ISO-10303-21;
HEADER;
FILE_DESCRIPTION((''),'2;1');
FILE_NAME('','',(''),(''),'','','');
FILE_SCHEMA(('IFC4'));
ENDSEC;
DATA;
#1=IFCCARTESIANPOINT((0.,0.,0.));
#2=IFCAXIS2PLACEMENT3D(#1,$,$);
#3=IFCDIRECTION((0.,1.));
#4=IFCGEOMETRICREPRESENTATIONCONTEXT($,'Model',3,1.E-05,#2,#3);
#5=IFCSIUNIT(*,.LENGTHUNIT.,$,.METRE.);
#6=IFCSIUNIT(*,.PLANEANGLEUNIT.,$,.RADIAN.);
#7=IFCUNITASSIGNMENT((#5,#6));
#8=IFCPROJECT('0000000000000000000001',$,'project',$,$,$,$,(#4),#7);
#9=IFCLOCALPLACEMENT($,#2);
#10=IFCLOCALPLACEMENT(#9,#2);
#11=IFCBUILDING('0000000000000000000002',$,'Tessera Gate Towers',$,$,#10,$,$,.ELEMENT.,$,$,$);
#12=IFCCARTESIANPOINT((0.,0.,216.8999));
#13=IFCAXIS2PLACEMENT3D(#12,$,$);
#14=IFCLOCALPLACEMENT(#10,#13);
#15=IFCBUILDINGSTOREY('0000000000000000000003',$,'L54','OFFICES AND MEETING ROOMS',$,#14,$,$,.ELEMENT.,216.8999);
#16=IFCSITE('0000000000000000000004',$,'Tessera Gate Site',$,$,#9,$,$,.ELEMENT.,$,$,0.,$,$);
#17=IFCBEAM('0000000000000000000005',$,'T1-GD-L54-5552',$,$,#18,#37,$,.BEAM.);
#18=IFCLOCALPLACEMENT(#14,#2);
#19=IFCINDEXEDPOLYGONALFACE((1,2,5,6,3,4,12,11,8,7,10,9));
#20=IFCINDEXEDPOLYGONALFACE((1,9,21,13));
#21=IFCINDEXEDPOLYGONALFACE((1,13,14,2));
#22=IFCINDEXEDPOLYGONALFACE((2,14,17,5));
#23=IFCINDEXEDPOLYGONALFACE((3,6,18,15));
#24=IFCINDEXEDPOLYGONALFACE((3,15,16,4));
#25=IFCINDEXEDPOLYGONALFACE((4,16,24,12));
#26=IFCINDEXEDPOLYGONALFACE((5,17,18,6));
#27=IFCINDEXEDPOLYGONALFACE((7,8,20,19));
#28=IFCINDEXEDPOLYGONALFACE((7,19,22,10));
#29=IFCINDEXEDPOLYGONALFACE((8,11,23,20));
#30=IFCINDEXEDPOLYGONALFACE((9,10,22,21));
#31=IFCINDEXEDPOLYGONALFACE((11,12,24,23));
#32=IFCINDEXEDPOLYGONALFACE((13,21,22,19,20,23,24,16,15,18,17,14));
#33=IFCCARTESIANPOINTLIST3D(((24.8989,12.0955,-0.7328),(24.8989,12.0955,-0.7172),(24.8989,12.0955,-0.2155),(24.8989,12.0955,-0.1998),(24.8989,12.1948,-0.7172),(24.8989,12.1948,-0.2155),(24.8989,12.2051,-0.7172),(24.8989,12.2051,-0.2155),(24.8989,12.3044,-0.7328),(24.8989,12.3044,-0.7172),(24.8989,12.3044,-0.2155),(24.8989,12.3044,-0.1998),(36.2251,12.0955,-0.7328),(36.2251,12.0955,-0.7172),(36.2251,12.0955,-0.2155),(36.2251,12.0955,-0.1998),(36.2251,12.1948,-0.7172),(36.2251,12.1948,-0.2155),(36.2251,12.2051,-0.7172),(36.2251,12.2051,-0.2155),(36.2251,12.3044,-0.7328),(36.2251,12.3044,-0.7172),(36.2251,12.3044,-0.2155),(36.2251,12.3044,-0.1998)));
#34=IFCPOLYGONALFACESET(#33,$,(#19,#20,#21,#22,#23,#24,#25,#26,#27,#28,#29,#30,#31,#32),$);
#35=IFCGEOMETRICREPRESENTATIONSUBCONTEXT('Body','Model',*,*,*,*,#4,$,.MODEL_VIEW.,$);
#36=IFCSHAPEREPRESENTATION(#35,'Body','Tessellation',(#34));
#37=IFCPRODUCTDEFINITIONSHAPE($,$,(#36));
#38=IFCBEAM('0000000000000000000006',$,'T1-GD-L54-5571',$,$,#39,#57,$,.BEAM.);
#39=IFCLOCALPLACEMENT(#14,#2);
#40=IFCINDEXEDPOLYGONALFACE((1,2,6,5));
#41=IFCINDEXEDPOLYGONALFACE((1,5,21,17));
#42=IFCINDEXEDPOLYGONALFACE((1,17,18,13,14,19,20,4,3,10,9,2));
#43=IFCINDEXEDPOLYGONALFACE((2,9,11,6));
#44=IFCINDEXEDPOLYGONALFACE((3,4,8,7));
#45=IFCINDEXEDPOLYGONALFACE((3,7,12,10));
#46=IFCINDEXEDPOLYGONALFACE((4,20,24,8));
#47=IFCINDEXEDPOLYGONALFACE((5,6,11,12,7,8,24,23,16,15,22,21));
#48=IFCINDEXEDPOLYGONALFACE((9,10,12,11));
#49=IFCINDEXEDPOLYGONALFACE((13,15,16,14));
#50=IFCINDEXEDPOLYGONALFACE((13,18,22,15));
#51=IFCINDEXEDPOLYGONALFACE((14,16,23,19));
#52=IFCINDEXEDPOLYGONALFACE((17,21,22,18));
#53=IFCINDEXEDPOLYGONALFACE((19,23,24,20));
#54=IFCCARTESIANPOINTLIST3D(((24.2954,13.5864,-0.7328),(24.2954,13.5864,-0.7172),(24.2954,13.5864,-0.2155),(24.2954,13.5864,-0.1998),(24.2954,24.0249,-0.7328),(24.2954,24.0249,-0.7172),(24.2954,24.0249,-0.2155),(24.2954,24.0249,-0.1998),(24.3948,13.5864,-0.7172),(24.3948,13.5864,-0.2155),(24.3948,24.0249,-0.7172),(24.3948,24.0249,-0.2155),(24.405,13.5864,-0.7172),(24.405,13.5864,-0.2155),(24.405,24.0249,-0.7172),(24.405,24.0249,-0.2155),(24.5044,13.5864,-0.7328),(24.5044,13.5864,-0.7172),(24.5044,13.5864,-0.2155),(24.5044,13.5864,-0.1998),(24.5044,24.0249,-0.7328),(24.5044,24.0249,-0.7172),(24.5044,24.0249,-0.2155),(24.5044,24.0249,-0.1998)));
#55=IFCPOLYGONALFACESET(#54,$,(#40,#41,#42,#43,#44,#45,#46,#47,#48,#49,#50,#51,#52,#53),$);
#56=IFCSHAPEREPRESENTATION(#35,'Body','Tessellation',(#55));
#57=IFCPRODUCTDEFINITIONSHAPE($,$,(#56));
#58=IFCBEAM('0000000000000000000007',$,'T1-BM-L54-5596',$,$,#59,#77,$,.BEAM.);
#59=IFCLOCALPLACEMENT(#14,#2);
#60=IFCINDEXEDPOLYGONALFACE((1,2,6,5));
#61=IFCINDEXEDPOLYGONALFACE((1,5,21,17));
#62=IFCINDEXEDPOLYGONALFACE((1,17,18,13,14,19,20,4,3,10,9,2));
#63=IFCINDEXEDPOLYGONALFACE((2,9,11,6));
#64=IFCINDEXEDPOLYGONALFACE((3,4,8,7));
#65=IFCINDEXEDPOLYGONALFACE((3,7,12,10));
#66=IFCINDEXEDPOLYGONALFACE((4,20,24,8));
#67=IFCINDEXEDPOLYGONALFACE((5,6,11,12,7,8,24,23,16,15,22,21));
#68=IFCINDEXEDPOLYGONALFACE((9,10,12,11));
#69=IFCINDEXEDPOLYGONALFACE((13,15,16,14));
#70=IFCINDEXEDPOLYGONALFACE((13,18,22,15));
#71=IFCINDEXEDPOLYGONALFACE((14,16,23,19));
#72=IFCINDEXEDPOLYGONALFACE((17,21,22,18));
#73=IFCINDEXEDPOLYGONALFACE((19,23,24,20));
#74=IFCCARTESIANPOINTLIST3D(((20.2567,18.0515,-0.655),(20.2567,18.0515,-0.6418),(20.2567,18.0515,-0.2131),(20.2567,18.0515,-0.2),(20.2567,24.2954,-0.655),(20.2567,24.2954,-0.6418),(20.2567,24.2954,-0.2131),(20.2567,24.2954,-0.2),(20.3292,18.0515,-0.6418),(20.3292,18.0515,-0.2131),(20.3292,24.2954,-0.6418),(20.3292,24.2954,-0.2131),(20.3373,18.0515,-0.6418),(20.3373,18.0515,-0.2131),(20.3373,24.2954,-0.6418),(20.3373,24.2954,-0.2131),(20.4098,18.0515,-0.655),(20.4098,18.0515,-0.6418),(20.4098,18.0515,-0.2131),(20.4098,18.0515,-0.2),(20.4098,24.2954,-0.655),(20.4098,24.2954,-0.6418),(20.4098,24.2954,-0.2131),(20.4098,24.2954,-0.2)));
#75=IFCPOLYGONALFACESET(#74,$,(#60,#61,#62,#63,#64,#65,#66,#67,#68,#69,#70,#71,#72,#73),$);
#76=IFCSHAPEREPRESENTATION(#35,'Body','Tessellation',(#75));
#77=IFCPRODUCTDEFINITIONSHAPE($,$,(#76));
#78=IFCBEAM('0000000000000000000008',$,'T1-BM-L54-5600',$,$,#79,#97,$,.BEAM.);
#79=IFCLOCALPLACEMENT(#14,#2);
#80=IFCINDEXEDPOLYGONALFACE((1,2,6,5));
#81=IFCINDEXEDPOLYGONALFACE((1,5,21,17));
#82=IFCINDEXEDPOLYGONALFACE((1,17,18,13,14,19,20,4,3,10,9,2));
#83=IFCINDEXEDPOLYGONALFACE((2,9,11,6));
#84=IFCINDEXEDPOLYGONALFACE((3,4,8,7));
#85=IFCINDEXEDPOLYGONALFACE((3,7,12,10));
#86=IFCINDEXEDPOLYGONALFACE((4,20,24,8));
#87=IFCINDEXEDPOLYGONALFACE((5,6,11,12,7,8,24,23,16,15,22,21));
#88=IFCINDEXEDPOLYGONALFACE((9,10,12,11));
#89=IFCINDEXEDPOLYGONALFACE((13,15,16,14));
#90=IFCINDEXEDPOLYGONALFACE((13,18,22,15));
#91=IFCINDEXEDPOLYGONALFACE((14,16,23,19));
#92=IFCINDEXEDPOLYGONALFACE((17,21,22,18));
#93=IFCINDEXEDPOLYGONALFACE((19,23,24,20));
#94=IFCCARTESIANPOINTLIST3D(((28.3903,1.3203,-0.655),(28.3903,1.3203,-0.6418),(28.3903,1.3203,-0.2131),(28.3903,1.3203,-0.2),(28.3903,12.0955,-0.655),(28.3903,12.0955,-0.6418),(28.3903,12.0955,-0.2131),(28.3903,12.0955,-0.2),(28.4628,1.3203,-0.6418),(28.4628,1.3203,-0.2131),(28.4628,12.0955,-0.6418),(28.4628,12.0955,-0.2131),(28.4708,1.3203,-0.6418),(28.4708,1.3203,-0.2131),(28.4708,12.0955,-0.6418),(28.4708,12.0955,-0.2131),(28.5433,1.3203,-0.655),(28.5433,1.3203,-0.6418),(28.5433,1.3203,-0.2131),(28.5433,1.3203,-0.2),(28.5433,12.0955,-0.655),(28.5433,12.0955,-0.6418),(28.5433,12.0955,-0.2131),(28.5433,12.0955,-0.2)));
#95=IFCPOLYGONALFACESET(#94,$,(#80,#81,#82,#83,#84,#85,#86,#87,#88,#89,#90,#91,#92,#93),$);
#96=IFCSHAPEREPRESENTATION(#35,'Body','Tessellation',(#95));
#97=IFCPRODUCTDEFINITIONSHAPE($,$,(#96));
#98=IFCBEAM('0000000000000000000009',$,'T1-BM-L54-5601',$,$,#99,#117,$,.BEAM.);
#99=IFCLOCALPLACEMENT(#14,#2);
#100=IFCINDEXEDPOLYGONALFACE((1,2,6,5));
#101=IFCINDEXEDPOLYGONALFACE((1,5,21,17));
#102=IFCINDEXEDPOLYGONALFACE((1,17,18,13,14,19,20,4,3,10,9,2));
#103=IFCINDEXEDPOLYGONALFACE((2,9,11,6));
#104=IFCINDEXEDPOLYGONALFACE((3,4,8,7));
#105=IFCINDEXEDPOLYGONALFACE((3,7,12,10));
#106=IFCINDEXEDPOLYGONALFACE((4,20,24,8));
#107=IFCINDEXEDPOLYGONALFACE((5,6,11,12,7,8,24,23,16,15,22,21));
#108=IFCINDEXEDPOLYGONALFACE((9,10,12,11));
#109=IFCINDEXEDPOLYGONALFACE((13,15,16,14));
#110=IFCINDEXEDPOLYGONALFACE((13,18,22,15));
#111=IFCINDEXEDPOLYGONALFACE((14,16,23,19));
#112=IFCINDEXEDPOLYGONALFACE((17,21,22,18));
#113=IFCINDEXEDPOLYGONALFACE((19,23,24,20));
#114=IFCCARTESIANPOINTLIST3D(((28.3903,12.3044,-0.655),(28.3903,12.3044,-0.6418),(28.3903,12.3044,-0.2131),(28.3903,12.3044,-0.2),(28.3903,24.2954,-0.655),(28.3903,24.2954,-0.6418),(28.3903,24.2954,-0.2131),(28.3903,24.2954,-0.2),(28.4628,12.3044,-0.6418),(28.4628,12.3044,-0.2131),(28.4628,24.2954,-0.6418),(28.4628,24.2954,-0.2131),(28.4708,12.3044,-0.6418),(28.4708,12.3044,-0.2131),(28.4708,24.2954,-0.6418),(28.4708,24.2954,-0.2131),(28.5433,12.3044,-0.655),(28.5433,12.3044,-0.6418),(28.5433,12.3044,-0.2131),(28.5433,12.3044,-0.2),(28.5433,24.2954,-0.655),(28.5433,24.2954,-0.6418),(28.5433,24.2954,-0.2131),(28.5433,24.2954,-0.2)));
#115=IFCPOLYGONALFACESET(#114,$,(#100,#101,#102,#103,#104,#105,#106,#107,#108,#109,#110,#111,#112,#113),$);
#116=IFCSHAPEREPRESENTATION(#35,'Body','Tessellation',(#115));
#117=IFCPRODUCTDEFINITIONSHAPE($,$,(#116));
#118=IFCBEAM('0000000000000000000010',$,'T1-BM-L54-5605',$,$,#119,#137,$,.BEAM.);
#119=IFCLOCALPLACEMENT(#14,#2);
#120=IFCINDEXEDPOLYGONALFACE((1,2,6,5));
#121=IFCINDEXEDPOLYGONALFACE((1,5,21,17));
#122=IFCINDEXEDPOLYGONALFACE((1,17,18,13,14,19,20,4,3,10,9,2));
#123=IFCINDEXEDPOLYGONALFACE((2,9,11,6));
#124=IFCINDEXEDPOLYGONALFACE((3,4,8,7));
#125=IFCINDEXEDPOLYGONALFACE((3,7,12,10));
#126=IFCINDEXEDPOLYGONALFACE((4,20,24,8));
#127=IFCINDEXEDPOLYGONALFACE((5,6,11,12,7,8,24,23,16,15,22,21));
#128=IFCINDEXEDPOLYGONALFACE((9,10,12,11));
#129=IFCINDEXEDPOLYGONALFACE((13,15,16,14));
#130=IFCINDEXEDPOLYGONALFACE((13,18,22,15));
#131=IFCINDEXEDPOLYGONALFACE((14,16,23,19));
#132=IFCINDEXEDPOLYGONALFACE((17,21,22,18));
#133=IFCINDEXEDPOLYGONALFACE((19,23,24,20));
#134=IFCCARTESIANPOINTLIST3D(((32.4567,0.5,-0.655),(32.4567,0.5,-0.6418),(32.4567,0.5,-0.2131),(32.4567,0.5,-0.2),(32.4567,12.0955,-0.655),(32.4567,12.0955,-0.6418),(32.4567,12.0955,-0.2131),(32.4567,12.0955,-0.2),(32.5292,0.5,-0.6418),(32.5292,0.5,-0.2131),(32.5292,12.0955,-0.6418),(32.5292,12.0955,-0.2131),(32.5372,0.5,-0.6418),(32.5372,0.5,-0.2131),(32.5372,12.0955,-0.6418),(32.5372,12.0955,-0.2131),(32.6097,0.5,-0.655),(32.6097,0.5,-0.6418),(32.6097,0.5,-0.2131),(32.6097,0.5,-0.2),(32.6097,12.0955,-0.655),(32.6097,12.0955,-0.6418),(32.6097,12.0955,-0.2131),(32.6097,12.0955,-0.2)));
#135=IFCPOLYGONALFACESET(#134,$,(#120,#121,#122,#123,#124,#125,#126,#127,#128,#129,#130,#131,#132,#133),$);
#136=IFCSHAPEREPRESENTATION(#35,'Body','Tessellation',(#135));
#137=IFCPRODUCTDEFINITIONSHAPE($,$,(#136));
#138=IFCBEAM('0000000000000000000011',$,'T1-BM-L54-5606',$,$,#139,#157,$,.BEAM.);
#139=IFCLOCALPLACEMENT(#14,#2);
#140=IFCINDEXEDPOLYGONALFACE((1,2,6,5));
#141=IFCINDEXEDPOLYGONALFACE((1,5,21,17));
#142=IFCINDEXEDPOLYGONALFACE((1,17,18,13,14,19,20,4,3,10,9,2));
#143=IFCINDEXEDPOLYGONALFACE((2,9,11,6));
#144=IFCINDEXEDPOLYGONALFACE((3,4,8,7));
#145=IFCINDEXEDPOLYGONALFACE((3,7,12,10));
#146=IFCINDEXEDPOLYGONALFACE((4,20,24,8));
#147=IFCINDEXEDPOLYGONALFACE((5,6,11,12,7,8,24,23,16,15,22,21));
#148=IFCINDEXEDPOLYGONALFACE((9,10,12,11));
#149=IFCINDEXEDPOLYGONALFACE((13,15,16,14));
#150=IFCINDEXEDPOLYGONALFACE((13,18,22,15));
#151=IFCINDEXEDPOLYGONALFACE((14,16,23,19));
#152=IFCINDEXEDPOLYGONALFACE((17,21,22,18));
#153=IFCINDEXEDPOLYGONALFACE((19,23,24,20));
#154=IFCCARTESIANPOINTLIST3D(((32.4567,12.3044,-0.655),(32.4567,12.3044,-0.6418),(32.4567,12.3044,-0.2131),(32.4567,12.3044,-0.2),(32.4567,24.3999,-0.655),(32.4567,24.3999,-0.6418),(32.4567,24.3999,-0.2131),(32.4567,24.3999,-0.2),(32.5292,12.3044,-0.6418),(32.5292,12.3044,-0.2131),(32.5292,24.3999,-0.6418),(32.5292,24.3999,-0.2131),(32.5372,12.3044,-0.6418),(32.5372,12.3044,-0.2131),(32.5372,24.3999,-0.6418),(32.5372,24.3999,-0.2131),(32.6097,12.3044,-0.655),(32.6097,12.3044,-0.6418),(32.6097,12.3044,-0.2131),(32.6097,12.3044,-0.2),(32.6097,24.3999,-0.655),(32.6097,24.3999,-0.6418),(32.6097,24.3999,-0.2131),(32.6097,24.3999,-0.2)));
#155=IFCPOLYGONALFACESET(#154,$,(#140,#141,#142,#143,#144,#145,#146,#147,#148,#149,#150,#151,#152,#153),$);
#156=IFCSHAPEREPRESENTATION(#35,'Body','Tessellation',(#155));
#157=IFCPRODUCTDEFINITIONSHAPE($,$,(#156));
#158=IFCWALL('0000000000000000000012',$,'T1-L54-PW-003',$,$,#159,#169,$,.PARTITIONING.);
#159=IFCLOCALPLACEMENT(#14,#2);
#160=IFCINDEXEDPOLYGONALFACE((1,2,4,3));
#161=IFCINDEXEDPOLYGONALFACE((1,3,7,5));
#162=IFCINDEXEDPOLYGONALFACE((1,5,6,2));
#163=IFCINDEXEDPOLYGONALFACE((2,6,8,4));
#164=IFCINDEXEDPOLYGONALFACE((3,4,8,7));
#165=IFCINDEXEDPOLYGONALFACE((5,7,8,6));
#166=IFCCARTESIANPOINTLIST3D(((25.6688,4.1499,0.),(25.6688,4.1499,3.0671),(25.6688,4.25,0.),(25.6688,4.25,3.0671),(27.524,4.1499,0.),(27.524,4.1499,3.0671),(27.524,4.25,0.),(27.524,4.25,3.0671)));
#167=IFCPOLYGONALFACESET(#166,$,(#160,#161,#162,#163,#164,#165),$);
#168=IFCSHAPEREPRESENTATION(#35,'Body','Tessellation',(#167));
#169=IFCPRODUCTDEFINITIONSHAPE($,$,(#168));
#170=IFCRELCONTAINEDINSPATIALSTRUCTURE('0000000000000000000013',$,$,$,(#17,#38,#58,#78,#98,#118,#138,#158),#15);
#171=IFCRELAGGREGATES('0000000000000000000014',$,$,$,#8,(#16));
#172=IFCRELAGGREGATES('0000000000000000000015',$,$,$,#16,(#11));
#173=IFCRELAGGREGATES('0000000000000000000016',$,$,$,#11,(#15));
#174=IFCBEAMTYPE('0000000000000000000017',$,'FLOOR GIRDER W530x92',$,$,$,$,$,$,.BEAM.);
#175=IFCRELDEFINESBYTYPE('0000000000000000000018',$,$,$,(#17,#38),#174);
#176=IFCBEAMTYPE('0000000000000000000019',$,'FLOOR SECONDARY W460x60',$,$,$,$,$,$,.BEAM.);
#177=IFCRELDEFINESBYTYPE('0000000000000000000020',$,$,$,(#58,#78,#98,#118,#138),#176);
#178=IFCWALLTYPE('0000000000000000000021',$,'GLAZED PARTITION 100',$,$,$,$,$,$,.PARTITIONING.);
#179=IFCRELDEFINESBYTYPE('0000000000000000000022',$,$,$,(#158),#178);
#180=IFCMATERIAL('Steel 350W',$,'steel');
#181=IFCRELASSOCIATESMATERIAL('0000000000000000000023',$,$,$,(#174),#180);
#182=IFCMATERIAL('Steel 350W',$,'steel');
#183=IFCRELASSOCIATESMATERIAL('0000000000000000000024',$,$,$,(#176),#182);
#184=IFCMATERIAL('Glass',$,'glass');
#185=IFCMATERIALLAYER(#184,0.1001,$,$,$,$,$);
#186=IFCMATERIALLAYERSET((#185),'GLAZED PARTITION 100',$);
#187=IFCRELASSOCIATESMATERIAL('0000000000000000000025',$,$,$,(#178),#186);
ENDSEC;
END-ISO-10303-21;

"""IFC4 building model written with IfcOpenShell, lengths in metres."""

from ifc_helpers import new_model, si_unit, direction, frame, frame_2d, origin, origin_2d, place, context, subcontext, project, spatial, rectangle, i_section, extrude, material, layer, layer_set, material_profile, profile_set, type_object, element, save


model = new_model("IFC4")

# Units and contexts
model_context = context("Model", 3, precision=1e-05, world=origin(), true_north=direction((0.0, 1.0)))
body_context = subcontext(model_context, "Body", "Model", "MODEL_VIEW")
ifc_project = project(units=[si_unit("LENGTHUNIT", "METRE"), si_unit("PLANEANGLEUNIT", "RADIAN")], contexts=[model_context])

# Site, building, storey
site_placement = place(None, origin())
site = spatial("IfcSite", under=ifc_project, at=site_placement, Name="Tessera Gate Site", CompositionType="ELEMENT", RefElevation=0.0)
building_placement = place(site_placement, origin())
building = spatial("IfcBuilding", under=site, at=building_placement, Name="Tessera Gate Towers", CompositionType="ELEMENT")
storey_placement = place(building_placement, frame((0.0, 0.0, 216.8999)))
storey = spatial("IfcBuildingStorey", under=building, at=storey_placement, Name="L54", Description="OFFICES AND MEETING ROOMS", CompositionType="ELEMENT", Elevation=216.8999)

# Beams
ifc_material_1 = material(Name="Steel 350W", Category="steel")
ifc_material_profile_1 = material_profile(ifc_material_1, i_section(OverallWidth=0.209, OverallDepth=0.533, WebThickness=0.0103, FlangeThickness=0.0156, at=origin_2d()), Name="W530x92")
ifc_profile_set_1 = profile_set([ifc_material_profile_1], Name="Steel 350W")
beam_type_1 = type_object("IfcBeamType", Name="FLOOR GIRDER W530x92", PredefinedType="BEAM", material=ifc_profile_set_1)
beam_1_placement = place(storey_placement, frame((24.8989, 12.2, -0.4663), z_axis=(1.0, 0.0, 0.0), x_axis=(0.0, 1.0, 0.0)))
element("IfcBeam", 1, at=beam_1_placement, inside=storey, type_object=beam_type_1, Name="T1-GD-L54-5552", PredefinedType="BEAM", context=body_context, shape_type="SweptSolid", body=[
    extrude(i_section(OverallWidth=0.209, OverallDepth=0.533, WebThickness=0.0103, FlangeThickness=0.0156, at=origin_2d()), origin(), (0.0, 0.0, 1.0), 11.3262),
])
beam_2_placement = place(storey_placement, frame((24.3999, 13.5864, -0.4663), z_axis=(0.0, 1.0, 0.0), x_axis=(-1.0, 0.0, 0.0)))
element("IfcBeam", 2, at=beam_2_placement, inside=storey, type_object=beam_type_1, Name="T1-GD-L54-5571", PredefinedType="BEAM", context=body_context, shape_type="SweptSolid", body=[
    extrude(i_section(OverallWidth=0.209, OverallDepth=0.533, WebThickness=0.0103, FlangeThickness=0.0156, at=origin_2d()), origin(), (0.0, 0.0, 1.0), 10.4385),
])
ifc_material_2 = material(Name="Steel 350W", Category="steel")
ifc_material_profile_2 = material_profile(ifc_material_2, i_section(OverallWidth=0.1531, OverallDepth=0.4551, WebThickness=0.0081, FlangeThickness=0.0132, at=origin_2d()), Name="W460x60")
ifc_profile_set_2 = profile_set([ifc_material_profile_2], Name="Steel 350W")
beam_type_2 = type_object("IfcBeamType", Name="FLOOR SECONDARY W460x60", PredefinedType="BEAM", material=ifc_profile_set_2)
beam_3_placement = place(storey_placement, frame((20.3333, 18.0515, -0.4275), z_axis=(0.0, 1.0, 0.0), x_axis=(-1.0, 0.0, 0.0)))
element("IfcBeam", 3, at=beam_3_placement, inside=storey, type_object=beam_type_2, Name="T1-BM-L54-5596", PredefinedType="BEAM", context=body_context, shape_type="SweptSolid", body=[
    extrude(i_section(OverallWidth=0.1531, OverallDepth=0.4551, WebThickness=0.0081, FlangeThickness=0.0132, at=origin_2d()), origin(), (0.0, 0.0, 1.0), 6.2439),
])
beam_4_placement = place(storey_placement, frame((28.4668, 1.3203, -0.4275), z_axis=(0.0, 1.0, 0.0), x_axis=(-1.0, 0.0, 0.0)))
element("IfcBeam", 4, at=beam_4_placement, inside=storey, type_object=beam_type_2, Name="T1-BM-L54-5600", PredefinedType="BEAM", context=body_context, shape_type="SweptSolid", body=[
    extrude(i_section(OverallWidth=0.1531, OverallDepth=0.4551, WebThickness=0.0081, FlangeThickness=0.0132, at=origin_2d()), origin(), (0.0, 0.0, 1.0), 10.7751),
])
beam_5_placement = place(storey_placement, frame((28.4668, 12.3044, -0.4275), z_axis=(0.0, 1.0, 0.0), x_axis=(-1.0, 0.0, 0.0)))
element("IfcBeam", 5, at=beam_5_placement, inside=storey, type_object=beam_type_2, Name="T1-BM-L54-5601", PredefinedType="BEAM", context=body_context, shape_type="SweptSolid", body=[
    extrude(i_section(OverallWidth=0.1531, OverallDepth=0.4551, WebThickness=0.0081, FlangeThickness=0.0132, at=origin_2d()), origin(), (0.0, 0.0, 1.0), 11.991),
])
beam_6_placement = place(storey_placement, frame((32.5332, 0.5, -0.4275), z_axis=(0.0, 1.0, 0.0), x_axis=(-1.0, 0.0, 0.0)))
element("IfcBeam", 6, at=beam_6_placement, inside=storey, type_object=beam_type_2, Name="T1-BM-L54-5605", PredefinedType="BEAM", context=body_context, shape_type="SweptSolid", body=[
    extrude(i_section(OverallWidth=0.1531, OverallDepth=0.4551, WebThickness=0.0081, FlangeThickness=0.0132, at=origin_2d()), origin(), (0.0, 0.0, 1.0), 11.5955),
])
beam_7_placement = place(storey_placement, frame((32.5332, 12.3044, -0.4275), z_axis=(0.0, 1.0, 0.0), x_axis=(-1.0, 0.0, 0.0)))
element("IfcBeam", 7, at=beam_7_placement, inside=storey, type_object=beam_type_2, Name="T1-BM-L54-5606", PredefinedType="BEAM", context=body_context, shape_type="SweptSolid", body=[
    extrude(i_section(OverallWidth=0.1531, OverallDepth=0.4551, WebThickness=0.0081, FlangeThickness=0.0132, at=origin_2d()), origin(), (0.0, 0.0, 1.0), 12.0955),
])

# Wall
ifc_material_3 = material(Name="Glass", Category="glass")
ifc_layer_1 = layer(ifc_material_3, 0.1001)
ifc_layer_set_1 = layer_set([ifc_layer_1], Name="GLAZED PARTITION 100")
wall_type_1 = type_object("IfcWallType", Name="GLAZED PARTITION 100", PredefinedType="PARTITIONING", material=ifc_layer_set_1)
wall_1_placement = place(storey_placement, frame((25.6687, 4.2, 0.0), z_axis=(0.0, 0.0, 1.0), x_axis=(1.0, 0.0, 0.0)))
element("IfcWall", 8, at=wall_1_placement, inside=storey, type_object=wall_type_1, Name="T1-L54-PW-003", PredefinedType="PARTITIONING", context=body_context, shape_type="SweptSolid", body=[
    extrude(rectangle(XDim=1.8552, YDim=0.1001, at=frame_2d((0.9277, 0.0))), origin(), (0.0, 0.0, 1.0), 3.0671),
])

save(model, "model.ifc")
